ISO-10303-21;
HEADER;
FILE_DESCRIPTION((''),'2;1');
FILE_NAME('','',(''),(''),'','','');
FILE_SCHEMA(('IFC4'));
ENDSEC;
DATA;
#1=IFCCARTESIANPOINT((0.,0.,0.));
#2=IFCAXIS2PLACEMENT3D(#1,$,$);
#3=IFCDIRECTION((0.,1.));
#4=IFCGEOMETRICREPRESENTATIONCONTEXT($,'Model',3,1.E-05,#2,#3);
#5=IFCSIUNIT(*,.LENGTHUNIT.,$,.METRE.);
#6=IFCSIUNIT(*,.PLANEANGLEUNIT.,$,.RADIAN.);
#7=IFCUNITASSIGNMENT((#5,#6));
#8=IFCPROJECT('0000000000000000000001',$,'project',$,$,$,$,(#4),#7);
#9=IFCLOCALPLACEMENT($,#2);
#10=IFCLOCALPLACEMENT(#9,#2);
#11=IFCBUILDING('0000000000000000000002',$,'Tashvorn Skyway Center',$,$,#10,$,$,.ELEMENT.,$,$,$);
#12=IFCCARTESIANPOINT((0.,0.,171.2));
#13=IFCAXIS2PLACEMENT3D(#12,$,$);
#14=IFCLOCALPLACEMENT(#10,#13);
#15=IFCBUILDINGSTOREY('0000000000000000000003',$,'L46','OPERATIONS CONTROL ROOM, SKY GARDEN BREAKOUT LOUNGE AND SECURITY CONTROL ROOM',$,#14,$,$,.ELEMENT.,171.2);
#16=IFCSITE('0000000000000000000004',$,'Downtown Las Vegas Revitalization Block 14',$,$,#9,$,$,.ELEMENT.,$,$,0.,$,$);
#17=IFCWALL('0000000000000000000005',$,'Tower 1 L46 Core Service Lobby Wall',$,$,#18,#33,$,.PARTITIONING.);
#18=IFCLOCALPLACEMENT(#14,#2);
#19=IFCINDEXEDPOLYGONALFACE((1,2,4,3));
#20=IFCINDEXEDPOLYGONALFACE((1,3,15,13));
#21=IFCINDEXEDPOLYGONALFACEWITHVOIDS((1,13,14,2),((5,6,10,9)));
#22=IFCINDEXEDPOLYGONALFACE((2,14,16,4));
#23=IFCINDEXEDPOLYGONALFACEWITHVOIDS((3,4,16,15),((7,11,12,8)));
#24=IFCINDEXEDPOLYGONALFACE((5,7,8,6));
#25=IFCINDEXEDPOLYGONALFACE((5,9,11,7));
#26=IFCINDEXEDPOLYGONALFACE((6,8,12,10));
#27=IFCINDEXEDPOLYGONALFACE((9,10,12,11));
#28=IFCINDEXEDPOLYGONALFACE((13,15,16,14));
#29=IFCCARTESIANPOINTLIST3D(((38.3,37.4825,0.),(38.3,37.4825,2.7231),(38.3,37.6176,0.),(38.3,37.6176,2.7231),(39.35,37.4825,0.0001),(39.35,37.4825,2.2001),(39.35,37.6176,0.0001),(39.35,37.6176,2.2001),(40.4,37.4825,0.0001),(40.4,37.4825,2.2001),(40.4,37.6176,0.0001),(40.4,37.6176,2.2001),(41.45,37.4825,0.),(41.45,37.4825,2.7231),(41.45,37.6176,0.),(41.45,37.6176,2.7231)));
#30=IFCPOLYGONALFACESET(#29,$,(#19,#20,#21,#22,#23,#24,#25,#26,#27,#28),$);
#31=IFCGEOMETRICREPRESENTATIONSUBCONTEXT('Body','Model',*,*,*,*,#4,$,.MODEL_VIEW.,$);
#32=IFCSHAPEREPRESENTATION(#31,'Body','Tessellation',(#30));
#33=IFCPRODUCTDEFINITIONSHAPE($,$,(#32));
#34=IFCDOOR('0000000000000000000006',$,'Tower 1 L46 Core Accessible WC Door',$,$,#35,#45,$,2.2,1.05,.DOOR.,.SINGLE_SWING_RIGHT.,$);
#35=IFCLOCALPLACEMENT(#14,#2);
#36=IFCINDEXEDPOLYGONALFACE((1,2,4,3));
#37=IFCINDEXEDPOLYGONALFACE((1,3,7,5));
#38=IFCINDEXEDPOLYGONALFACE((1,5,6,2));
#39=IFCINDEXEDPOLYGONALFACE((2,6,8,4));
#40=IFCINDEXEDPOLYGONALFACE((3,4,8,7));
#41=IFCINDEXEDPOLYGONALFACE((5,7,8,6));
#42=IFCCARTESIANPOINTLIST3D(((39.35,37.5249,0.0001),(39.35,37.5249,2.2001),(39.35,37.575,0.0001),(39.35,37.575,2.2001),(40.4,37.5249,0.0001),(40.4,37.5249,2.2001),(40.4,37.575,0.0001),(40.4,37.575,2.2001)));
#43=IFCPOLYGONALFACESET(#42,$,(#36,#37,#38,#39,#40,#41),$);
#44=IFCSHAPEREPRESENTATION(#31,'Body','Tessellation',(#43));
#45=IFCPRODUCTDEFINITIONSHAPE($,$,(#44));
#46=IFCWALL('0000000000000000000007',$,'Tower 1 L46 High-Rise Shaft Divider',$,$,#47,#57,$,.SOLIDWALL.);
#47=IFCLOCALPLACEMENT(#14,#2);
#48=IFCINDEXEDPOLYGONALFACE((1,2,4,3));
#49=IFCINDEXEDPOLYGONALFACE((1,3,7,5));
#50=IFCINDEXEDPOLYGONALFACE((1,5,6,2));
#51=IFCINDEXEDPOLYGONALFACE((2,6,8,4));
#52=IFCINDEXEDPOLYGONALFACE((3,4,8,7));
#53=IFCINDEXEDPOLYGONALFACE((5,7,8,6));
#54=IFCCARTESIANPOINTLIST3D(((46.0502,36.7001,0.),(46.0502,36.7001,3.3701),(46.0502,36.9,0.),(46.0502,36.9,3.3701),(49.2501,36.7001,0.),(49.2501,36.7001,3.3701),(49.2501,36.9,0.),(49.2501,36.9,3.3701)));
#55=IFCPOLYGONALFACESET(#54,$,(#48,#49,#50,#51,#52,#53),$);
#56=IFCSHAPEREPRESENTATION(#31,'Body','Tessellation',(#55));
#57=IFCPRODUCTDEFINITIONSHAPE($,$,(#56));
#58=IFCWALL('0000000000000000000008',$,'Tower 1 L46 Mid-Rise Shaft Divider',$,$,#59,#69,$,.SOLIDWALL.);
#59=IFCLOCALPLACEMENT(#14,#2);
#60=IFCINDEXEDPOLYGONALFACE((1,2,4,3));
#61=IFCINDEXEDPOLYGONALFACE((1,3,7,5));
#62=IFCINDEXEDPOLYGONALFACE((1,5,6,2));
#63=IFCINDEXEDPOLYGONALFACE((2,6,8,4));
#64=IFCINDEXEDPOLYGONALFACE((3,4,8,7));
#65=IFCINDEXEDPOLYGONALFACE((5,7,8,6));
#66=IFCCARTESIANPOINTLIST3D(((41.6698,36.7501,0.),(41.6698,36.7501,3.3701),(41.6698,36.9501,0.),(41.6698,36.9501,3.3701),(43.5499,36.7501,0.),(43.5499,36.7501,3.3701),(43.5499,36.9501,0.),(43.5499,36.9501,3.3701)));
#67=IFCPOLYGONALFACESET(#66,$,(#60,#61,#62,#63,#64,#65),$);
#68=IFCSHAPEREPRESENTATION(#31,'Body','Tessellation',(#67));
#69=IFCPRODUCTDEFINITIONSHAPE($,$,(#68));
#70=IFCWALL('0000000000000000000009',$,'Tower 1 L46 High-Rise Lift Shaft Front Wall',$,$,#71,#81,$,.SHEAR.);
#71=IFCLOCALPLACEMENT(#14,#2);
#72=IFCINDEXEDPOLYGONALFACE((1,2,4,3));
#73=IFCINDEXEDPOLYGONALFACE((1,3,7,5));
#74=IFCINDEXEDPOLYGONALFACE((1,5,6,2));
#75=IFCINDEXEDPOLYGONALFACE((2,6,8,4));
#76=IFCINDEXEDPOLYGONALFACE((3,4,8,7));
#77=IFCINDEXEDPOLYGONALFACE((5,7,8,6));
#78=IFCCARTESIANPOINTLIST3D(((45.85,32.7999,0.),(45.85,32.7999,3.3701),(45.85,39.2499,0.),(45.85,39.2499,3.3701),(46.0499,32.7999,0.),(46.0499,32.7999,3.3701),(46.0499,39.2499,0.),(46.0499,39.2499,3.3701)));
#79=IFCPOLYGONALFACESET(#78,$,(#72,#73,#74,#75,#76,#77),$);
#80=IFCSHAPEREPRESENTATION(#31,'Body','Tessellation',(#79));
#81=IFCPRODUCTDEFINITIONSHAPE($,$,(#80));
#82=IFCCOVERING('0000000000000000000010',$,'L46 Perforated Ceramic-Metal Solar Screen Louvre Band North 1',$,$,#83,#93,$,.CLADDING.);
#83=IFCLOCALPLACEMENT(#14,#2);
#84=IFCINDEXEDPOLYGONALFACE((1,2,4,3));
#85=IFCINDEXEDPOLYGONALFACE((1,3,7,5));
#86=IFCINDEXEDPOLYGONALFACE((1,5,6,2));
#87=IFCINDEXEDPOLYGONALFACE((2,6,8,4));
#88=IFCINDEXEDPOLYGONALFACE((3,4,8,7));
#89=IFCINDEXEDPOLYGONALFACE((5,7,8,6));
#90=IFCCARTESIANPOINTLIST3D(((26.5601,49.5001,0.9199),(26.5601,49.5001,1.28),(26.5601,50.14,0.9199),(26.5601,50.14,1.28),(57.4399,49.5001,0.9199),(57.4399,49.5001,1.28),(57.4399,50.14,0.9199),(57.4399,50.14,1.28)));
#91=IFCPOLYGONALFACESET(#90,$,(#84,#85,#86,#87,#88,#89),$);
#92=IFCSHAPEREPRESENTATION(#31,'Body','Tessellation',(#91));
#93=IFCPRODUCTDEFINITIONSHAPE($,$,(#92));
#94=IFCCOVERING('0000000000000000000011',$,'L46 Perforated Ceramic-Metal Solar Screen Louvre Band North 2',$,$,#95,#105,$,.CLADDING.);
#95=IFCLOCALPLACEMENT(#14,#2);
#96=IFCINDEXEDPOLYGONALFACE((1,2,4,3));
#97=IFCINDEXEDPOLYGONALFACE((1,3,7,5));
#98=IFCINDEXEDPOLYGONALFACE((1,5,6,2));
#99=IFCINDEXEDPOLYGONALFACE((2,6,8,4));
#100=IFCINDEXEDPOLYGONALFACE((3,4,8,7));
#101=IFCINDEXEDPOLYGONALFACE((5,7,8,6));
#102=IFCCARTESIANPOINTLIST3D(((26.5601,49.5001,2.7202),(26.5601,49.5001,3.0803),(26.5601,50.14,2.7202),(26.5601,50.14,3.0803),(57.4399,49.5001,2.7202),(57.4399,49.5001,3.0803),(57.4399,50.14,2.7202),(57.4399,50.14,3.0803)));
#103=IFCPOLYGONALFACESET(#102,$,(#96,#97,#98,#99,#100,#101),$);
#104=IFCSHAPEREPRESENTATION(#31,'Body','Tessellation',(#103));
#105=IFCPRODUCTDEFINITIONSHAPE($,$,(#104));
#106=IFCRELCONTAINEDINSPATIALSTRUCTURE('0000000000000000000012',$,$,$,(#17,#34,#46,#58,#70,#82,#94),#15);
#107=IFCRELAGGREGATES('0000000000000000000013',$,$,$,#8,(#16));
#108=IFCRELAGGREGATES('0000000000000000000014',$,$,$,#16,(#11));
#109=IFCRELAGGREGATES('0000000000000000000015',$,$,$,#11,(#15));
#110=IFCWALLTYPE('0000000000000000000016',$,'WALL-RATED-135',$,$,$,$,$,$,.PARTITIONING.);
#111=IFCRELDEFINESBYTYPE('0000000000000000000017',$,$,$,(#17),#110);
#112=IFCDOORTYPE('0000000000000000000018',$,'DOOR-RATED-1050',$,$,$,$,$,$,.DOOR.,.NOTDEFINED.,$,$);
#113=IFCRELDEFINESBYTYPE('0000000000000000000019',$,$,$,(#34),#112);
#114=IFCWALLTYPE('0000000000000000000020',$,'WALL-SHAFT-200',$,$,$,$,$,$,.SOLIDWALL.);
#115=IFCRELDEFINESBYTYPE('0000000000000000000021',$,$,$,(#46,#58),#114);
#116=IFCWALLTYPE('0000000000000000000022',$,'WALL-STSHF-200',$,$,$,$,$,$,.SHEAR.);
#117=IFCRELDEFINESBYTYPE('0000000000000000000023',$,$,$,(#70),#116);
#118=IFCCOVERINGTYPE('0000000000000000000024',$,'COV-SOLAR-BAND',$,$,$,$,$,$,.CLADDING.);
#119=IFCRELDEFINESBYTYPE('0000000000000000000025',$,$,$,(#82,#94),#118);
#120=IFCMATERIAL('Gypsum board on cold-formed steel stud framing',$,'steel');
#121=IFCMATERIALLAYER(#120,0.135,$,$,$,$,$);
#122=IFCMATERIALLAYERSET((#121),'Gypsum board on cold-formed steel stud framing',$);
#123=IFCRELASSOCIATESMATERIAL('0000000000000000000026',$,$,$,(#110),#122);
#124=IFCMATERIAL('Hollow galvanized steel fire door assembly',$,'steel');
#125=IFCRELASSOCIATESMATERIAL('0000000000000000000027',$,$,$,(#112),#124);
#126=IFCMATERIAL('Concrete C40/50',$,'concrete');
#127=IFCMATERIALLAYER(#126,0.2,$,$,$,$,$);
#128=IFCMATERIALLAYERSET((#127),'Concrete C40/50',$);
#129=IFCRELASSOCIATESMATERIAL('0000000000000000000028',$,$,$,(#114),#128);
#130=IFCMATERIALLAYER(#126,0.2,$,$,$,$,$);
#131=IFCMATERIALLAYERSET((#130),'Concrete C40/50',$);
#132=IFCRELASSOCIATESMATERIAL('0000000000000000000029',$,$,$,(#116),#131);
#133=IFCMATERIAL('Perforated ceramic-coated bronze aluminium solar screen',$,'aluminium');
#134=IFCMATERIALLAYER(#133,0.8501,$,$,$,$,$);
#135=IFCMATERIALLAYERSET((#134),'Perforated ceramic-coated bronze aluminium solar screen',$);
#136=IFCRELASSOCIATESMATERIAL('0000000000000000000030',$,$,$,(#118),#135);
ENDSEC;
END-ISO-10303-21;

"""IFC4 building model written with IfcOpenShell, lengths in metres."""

from ifc_helpers import new_model, si_unit, direction, frame, frame_2d, origin, origin_2d, place, context, subcontext, project, spatial, rectangle, extrude, material, layer, layer_set, type_object, element, fill, save


model = new_model("IFC4")

# Units and contexts
model_context = context("Model", 3, precision=1e-05, world=origin(), true_north=direction((0.0, 1.0)))
body_context = subcontext(model_context, "Body", "Model", "MODEL_VIEW")
ifc_project = project(units=[si_unit("LENGTHUNIT", "METRE"), si_unit("PLANEANGLEUNIT", "RADIAN")], contexts=[model_context])

# Site, building, storey
site_placement = place(None, origin())
site = spatial("IfcSite", under=ifc_project, at=site_placement, Name="Downtown Las Vegas Revitalization Block 14", CompositionType="ELEMENT", RefElevation=0.0)
building_placement = place(site_placement, origin())
building = spatial("IfcBuilding", under=site, at=building_placement, Name="Tashvorn Skyway Center", CompositionType="ELEMENT")
storey_placement = place(building_placement, frame((0.0, 0.0, 171.2)))
storey = spatial("IfcBuildingStorey", under=building, at=storey_placement, Name="L46", Description="OPERATIONS CONTROL ROOM, SKY GARDEN BREAKOUT LOUNGE AND SECURITY CONTROL ROOM", CompositionType="ELEMENT", Elevation=171.2)

# Shared definitions
ifc_material_1 = material(Name="Gypsum board on cold-formed steel stud framing", Category="steel")

# Wall, opening, door
ifc_layer_1 = layer(ifc_material_1, 0.135)
ifc_layer_set_1 = layer_set([ifc_layer_1], Name="Gypsum board on cold-formed steel stud framing")
wall_type_1 = type_object("IfcWallType", Name="WALL-RATED-135", PredefinedType="PARTITIONING", material=ifc_layer_set_1)
wall_1_placement = place(storey_placement, frame((38.3, 37.55, 0.0), z_axis=(0.0, 0.0, 1.0), x_axis=(1.0, 0.0, 0.0)))
wall_1 = element("IfcWall", 1, at=wall_1_placement, inside=storey, type_object=wall_type_1, Name="Tower 1 L46 Core Service Lobby Wall", PredefinedType="PARTITIONING", context=body_context, shape_type="SweptSolid", body=[
    extrude(rectangle(XDim=3.1499, YDim=0.135, at=frame_2d((1.575, 0.0))), origin(), (0.0, 0.0, 1.0), 2.7231),
])
opening_placement = place(wall_1_placement, frame((1.05, 0.0, 0.0)))
opening = element("IfcOpeningElement", 2, at=opening_placement, cuts=wall_1, PredefinedType="OPENING", context=body_context, shape_type="SweptSolid", body=[
    extrude(rectangle(XDim=1.05, YDim=2.2, at=frame_2d((0.5249, 1.1001))), frame((0.0, 0.0774, 0.0), z_axis=(0.0, -1.0, 0.0), x_axis=(1.0, 0.0, 0.0)), (0.0, 0.0, 1.0), 0.155),
])
ifc_material_2 = material(Name="Hollow galvanized steel fire door assembly", Category="steel")
door_type = type_object("IfcDoorType", Name="DOOR-RATED-1050", OperationType="NOTDEFINED", PredefinedType="DOOR", material=ifc_material_2)
door_placement = place(opening_placement, origin())
door = element("IfcDoor", 3, at=door_placement, inside=storey, type_object=door_type, Name="Tower 1 L46 Core Accessible WC Door", OperationType="SINGLE_SWING_RIGHT", OverallHeight=2.2, OverallWidth=1.05, PredefinedType="DOOR", context=body_context, shape_type="SweptSolid", body=[
    extrude(rectangle(XDim=1.05, YDim=2.2, at=frame_2d((0.5249, 1.1001))), frame((0.0, 0.0249, 0.0), z_axis=(0.0, -1.0, 0.0), x_axis=(1.0, 0.0, 0.0)), (0.0, 0.0, 1.0), 0.05),
])
fill(opening, door)

# Walls
ifc_material_3 = material(Name="Concrete C40/50", Category="concrete")
ifc_layer_2 = layer(ifc_material_3, 0.2)
ifc_layer_set_2 = layer_set([ifc_layer_2], Name="Concrete C40/50")
wall_type_2 = type_object("IfcWallType", Name="WALL-SHAFT-200", PredefinedType="SOLIDWALL", material=ifc_layer_set_2)
wall_2_placement = place(storey_placement, frame((46.05, 36.8, 0.0), z_axis=(0.0, 0.0, 1.0), x_axis=(1.0, 0.0, 0.0)))
element("IfcWall", 4, at=wall_2_placement, inside=storey, type_object=wall_type_2, Name="Tower 1 L46 High-Rise Shaft Divider", PredefinedType="SOLIDWALL", context=body_context, shape_type="SweptSolid", body=[
    extrude(rectangle(XDim=3.2, YDim=0.2, at=frame_2d((1.6001, 0.0))), origin(), (0.0, 0.0, 1.0), 3.3701),
])
wall_3_placement = place(storey_placement, frame((41.6699, 36.8501, 0.0), z_axis=(0.0, 0.0, 1.0), x_axis=(1.0, 0.0, 0.0)))
element("IfcWall", 5, at=wall_3_placement, inside=storey, type_object=wall_type_2, Name="Tower 1 L46 Mid-Rise Shaft Divider", PredefinedType="SOLIDWALL", context=body_context, shape_type="SweptSolid", body=[
    extrude(rectangle(XDim=1.8801, YDim=0.2, at=frame_2d((0.9399, 0.0))), origin(), (0.0, 0.0, 1.0), 3.3701),
])
ifc_layer_3 = layer(ifc_material_3, 0.2)
ifc_layer_set_3 = layer_set([ifc_layer_3], Name="Concrete C40/50")
wall_type_3 = type_object("IfcWallType", Name="WALL-STSHF-200", PredefinedType="SHEAR", material=ifc_layer_set_3)
wall_4_placement = place(storey_placement, frame((45.95, 39.25, 0.0), z_axis=(0.0, 0.0, 1.0), x_axis=(0.0, -1.0, 0.0)))
element("IfcWall", 6, at=wall_4_placement, inside=storey, type_object=wall_type_3, Name="Tower 1 L46 High-Rise Lift Shaft Front Wall", PredefinedType="SHEAR", context=body_context, shape_type="SweptSolid", body=[
    extrude(rectangle(XDim=6.45, YDim=0.2, at=frame_2d((3.2251, 0.0))), origin(), (0.0, 0.0, 1.0), 3.3701),
])

# Coverings
ifc_material_4 = material(Name="Perforated ceramic-coated bronze aluminium solar screen", Category="aluminium")
ifc_layer_4 = layer(ifc_material_4, 0.8501)
ifc_layer_set_4 = layer_set([ifc_layer_4], Name="Perforated ceramic-coated bronze aluminium solar screen")
covering_type = type_object("IfcCoveringType", Name="COV-SOLAR-BAND", PredefinedType="CLADDING", material=ifc_layer_set_4)
for number, where, z_axis, x_axis, name in (
    (7, (42.0, 49.8201, 0.9199), (0.0, 0.0, 1.0), (1.0, 0.0, 0.0), "L46 Perforated Ceramic-Metal Solar Screen Louvre Band North 1"),
    (8, (42.0, 49.8201, 2.7202), (0.0, 0.0, 1.0), (1.0, 0.0, 0.0), "L46 Perforated Ceramic-Metal Solar Screen Louvre Band North 2"),
):
    element("IfcCovering", number, at=place(storey_placement, frame(where, z_axis=z_axis, x_axis=x_axis)), inside=storey, type_object=covering_type, Name=name, PredefinedType="CLADDING", context=body_context, shape_type="SweptSolid", body=[
        extrude(rectangle(XDim=30.8799, YDim=0.6399, at=origin_2d()), origin(), (0.0, 0.0, 1.0), 0.3601),
    ])

save(model, "model.ifc")
